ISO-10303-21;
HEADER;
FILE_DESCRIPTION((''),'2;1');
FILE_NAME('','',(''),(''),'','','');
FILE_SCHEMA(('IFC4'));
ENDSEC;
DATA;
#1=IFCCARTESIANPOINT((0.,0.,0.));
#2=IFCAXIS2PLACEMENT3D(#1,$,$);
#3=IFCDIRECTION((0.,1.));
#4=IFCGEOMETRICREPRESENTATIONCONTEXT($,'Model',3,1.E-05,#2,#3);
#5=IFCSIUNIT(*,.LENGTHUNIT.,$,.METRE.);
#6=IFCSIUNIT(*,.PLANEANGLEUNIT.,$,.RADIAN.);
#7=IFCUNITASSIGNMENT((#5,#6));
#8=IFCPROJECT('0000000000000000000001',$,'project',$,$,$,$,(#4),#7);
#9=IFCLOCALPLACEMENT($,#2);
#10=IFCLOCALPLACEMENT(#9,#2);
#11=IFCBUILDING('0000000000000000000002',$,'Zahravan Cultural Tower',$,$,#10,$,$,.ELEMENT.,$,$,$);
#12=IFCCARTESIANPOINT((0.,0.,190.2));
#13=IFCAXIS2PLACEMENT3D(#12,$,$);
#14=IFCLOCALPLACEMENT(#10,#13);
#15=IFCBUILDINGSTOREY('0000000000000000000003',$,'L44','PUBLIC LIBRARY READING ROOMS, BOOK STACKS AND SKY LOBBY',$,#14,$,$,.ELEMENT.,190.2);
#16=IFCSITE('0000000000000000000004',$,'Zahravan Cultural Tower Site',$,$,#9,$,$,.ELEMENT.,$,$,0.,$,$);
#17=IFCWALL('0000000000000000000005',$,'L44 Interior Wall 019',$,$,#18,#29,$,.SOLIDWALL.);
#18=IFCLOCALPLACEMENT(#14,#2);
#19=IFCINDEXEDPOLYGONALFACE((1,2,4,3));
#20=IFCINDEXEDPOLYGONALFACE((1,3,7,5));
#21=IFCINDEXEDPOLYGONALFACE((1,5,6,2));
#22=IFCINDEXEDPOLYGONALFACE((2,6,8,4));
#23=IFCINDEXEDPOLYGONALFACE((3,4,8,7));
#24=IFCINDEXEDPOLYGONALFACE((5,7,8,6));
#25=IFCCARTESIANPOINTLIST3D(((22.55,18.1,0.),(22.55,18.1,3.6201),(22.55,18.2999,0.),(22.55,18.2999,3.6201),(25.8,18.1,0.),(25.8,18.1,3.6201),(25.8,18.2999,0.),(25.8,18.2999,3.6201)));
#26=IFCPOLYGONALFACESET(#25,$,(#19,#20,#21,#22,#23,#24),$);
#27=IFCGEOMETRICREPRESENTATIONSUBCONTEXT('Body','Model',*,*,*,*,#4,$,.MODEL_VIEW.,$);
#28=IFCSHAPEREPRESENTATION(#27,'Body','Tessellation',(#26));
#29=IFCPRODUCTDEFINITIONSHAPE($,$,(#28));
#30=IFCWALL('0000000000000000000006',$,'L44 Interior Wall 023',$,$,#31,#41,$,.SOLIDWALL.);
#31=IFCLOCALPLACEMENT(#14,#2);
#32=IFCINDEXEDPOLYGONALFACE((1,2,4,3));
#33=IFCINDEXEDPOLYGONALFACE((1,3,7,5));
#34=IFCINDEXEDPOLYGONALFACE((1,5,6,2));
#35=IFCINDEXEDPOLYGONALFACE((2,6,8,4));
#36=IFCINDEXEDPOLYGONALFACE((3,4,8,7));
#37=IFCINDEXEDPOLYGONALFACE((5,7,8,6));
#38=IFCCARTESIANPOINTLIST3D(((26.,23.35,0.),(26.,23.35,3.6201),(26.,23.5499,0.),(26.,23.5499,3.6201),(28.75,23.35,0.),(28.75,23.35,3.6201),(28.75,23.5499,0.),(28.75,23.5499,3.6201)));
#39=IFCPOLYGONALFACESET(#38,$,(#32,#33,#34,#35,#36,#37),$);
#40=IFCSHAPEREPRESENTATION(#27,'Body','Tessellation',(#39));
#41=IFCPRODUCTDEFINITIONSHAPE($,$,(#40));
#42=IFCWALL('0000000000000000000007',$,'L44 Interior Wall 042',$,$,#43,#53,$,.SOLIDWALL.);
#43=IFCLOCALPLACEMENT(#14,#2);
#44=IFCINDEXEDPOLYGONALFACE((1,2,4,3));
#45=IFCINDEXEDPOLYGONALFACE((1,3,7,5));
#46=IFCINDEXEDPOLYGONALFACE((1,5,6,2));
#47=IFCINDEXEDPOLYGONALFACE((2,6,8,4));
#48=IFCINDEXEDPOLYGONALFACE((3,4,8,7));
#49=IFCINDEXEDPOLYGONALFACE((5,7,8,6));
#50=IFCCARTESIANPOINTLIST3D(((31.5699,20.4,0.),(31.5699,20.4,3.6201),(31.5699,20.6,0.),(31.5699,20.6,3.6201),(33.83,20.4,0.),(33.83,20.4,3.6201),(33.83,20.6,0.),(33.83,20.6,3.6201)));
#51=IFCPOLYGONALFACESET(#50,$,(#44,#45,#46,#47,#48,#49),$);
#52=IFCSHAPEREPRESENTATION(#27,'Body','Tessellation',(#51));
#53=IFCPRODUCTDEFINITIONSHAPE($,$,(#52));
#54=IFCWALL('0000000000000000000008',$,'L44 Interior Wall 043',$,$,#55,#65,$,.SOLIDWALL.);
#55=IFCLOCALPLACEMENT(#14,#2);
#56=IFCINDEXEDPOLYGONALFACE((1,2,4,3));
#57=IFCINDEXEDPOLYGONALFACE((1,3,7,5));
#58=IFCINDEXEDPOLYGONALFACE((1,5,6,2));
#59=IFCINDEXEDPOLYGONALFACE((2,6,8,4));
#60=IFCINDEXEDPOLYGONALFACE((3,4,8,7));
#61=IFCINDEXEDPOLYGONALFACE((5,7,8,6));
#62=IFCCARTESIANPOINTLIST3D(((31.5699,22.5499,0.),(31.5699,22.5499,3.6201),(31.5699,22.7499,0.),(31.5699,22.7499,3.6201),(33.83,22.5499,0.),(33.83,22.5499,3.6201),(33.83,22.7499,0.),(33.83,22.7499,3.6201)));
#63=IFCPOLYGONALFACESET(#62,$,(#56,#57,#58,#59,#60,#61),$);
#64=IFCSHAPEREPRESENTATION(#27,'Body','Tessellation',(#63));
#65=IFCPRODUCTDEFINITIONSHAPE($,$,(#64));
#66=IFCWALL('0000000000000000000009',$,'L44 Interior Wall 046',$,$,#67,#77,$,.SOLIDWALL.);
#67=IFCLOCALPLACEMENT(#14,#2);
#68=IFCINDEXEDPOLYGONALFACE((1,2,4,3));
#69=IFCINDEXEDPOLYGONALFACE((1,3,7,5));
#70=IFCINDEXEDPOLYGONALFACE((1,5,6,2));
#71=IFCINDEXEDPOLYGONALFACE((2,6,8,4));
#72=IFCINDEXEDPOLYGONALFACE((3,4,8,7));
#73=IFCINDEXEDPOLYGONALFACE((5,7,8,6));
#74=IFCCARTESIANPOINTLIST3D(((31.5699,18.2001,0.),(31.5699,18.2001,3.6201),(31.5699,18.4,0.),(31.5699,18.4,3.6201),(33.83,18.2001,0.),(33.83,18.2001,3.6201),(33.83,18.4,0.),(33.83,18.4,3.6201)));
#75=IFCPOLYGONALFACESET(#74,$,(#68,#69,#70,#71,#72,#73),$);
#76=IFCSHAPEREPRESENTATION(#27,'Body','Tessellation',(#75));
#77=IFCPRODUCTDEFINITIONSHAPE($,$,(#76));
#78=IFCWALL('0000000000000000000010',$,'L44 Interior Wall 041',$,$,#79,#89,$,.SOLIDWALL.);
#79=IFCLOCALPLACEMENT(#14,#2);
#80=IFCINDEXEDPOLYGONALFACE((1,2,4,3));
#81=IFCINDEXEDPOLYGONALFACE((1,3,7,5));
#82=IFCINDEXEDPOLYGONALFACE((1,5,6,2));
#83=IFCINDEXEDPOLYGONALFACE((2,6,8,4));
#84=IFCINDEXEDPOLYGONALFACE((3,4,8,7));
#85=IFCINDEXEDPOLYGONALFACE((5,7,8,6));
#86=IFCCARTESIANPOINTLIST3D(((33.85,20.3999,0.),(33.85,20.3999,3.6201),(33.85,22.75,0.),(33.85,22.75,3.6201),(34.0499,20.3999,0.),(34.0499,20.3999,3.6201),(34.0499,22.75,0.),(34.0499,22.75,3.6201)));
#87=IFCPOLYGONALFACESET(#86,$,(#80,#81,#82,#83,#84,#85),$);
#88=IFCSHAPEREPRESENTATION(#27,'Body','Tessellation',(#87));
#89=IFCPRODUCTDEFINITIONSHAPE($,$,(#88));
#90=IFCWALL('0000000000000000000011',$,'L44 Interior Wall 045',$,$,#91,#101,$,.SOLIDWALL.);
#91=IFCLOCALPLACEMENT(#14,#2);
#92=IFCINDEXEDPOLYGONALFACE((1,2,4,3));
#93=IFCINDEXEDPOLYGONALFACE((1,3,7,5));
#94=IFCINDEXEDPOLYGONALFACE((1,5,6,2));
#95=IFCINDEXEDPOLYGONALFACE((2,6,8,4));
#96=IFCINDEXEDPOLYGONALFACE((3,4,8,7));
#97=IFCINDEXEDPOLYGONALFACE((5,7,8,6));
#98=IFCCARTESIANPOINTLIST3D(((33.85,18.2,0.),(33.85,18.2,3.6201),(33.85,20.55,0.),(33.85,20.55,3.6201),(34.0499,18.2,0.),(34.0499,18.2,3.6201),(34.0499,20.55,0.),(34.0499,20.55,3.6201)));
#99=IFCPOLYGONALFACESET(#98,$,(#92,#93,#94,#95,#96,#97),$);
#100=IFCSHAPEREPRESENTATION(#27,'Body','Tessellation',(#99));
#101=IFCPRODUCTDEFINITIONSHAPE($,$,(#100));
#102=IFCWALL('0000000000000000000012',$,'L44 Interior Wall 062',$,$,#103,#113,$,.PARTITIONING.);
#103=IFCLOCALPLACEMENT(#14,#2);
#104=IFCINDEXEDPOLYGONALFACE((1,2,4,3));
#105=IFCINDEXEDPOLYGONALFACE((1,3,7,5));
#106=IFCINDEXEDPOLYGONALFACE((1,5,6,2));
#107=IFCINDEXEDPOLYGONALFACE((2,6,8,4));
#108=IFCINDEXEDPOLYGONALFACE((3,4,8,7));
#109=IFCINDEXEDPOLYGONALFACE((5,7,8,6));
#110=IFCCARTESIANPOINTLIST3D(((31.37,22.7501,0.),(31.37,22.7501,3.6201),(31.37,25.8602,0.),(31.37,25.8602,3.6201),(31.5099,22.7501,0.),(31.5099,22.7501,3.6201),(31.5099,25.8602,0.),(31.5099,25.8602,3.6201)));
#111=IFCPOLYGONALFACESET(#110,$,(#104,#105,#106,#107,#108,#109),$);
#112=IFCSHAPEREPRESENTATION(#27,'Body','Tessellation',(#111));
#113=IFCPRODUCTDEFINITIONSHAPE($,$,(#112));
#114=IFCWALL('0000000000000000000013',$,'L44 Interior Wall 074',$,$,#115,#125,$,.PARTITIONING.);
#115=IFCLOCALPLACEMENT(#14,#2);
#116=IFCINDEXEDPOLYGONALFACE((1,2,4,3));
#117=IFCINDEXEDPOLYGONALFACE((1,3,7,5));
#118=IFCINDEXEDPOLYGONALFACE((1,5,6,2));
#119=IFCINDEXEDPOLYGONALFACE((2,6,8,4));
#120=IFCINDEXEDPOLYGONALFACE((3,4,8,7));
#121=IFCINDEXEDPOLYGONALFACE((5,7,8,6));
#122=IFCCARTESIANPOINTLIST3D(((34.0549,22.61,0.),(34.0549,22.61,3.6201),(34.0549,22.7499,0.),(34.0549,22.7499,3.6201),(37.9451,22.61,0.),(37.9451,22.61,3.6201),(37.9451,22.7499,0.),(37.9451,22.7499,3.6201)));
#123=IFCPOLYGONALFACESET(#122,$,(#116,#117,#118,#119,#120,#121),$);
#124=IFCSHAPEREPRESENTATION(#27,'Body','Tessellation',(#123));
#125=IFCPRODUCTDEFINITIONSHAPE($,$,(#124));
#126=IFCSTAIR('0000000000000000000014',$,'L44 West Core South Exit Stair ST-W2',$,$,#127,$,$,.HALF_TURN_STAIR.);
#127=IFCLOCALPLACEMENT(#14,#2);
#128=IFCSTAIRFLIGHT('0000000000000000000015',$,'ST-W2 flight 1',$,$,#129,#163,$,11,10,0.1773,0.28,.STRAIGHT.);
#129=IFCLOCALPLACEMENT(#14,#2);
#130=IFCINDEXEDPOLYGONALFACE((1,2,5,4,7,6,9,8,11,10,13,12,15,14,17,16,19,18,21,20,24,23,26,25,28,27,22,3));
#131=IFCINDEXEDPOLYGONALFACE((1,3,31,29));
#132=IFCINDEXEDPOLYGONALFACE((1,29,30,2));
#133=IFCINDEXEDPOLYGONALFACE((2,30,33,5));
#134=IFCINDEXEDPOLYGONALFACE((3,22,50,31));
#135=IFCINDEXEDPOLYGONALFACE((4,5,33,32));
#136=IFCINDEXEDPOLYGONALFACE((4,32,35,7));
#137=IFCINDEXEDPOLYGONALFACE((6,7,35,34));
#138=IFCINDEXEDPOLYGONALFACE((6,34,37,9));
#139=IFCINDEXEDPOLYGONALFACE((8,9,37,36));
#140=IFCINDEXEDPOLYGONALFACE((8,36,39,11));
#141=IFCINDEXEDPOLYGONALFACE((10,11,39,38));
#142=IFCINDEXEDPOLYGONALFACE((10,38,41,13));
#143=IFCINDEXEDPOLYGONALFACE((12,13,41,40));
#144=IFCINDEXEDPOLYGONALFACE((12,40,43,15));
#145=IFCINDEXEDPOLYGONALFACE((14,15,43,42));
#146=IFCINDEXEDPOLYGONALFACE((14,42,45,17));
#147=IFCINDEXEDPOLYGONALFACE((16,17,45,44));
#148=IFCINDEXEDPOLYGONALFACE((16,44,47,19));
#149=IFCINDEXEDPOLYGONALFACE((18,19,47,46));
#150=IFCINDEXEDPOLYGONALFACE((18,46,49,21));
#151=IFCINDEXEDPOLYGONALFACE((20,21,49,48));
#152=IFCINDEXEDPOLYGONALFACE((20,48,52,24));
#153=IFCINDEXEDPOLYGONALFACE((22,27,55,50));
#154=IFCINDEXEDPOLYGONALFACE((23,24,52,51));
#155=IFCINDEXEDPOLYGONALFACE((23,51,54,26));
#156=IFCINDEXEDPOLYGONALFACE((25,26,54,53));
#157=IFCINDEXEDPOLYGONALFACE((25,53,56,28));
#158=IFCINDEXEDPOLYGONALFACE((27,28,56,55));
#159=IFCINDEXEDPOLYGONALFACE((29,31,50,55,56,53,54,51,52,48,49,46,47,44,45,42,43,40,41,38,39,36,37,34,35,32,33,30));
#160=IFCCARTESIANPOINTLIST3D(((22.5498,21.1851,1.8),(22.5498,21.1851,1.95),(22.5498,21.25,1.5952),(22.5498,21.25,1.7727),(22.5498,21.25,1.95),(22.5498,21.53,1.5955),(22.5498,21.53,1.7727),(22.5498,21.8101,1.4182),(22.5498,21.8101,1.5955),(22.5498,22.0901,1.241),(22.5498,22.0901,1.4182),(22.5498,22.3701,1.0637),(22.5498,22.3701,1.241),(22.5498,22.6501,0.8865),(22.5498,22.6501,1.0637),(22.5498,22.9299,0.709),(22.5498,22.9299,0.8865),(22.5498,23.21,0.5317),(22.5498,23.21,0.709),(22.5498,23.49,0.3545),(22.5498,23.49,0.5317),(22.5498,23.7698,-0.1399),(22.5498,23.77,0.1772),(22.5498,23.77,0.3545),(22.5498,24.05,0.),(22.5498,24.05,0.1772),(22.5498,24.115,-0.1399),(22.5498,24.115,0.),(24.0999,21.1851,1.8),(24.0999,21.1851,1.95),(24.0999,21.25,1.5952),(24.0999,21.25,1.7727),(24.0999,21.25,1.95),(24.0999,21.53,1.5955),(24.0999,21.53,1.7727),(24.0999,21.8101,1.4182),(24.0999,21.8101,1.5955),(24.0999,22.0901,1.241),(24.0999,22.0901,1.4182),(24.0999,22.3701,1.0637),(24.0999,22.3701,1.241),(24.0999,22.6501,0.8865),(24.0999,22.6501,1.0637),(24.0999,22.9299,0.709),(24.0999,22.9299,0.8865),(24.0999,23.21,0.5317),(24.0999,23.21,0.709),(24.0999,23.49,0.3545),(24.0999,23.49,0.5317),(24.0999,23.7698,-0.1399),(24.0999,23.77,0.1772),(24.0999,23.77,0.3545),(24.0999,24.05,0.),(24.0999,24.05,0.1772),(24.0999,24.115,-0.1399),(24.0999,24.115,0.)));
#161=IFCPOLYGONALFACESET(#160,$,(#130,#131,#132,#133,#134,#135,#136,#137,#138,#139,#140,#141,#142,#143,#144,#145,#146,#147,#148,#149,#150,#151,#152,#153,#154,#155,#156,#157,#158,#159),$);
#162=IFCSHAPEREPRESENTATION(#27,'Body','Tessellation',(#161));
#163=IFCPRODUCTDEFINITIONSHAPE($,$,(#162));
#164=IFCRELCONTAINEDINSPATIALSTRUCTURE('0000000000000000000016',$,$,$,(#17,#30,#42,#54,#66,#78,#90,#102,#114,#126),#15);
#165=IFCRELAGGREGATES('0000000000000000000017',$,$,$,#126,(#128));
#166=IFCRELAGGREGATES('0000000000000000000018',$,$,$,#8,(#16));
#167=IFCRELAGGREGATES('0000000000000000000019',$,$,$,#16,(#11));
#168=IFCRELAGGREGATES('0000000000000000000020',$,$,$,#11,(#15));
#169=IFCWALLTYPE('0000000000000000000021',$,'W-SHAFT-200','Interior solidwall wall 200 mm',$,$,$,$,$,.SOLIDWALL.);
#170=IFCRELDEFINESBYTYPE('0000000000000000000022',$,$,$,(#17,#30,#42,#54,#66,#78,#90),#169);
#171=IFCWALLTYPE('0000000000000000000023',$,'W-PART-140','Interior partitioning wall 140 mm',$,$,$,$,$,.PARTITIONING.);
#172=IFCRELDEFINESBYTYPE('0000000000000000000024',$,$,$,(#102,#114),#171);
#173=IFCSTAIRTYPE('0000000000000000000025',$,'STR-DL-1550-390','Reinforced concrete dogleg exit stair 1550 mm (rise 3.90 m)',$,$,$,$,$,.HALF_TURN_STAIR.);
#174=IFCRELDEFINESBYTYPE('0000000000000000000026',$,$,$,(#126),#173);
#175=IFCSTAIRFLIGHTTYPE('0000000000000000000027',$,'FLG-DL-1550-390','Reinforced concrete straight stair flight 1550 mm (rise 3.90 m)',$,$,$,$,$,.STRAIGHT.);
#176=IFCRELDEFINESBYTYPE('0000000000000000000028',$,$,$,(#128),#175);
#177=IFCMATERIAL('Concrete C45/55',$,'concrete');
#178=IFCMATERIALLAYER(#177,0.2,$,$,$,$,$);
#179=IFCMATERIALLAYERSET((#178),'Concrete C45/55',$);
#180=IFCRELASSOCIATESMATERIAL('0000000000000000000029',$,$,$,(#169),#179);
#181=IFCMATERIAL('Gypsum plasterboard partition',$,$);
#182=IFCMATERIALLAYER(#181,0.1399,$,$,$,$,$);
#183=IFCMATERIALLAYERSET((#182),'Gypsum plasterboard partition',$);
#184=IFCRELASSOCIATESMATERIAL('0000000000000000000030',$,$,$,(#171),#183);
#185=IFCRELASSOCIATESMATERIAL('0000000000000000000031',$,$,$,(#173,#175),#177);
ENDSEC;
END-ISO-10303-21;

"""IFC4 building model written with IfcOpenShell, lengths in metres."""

from ifc_helpers import new_model, si_unit, direction, frame, frame_2d, origin, place, context, subcontext, project, spatial, polyline, rectangle, outline, extrude, source, transform, mapped, material, layer, layer_set, type_object, element, aggregate, save


model = new_model("IFC4")

# Units and contexts
model_context = context("Model", 3, precision=1e-05, world=origin(), true_north=direction((0.0, 1.0)))
body_context = subcontext(model_context, "Body", "Model", "MODEL_VIEW")
ifc_project = project(units=[si_unit("LENGTHUNIT", "METRE"), si_unit("PLANEANGLEUNIT", "RADIAN")], contexts=[model_context])

# Site, building, storey
site_placement = place(None, origin())
site = spatial("IfcSite", under=ifc_project, at=site_placement, Name="Zahravan Cultural Tower Site", CompositionType="ELEMENT", RefElevation=0.0)
building_placement = place(site_placement, origin())
building = spatial("IfcBuilding", under=site, at=building_placement, Name="Zahravan Cultural Tower", CompositionType="ELEMENT")
storey_placement = place(building_placement, frame((0.0, 0.0, 190.2)))
storey = spatial("IfcBuildingStorey", under=building, at=storey_placement, Name="L44", Description="PUBLIC LIBRARY READING ROOMS, BOOK STACKS AND SKY LOBBY", CompositionType="ELEMENT", Elevation=190.2)

# Shared definitions
ifc_material_1 = material(Name="Concrete C45/55", Category="concrete")
ifc_layer_1 = layer(ifc_material_1, 0.2)
ifc_layer_set_1 = layer_set([ifc_layer_1], Name="Concrete C45/55")
wall_type_1 = type_object("IfcWallType", Name="W-SHAFT-200", Description="Interior solidwall wall 200 mm", PredefinedType="SOLIDWALL", material=ifc_layer_set_1)

# Walls
shared_shape_1 = source(origin(), body_context, "Body", "SweptSolid", [
    extrude(rectangle(XDim=3.25, YDim=0.2, at=frame_2d((1.625, 0.0))), origin(), (0.0, 0.0, 1.0), 3.6201),
])
wall_1_placement = place(storey_placement, frame((22.55, 18.2, 0.0), z_axis=(0.0, 0.0, 1.0), x_axis=(1.0, 0.0, 0.0)))
element("IfcWall", 1, at=wall_1_placement, inside=storey, type_object=wall_type_1, Name="L44 Interior Wall 019", PredefinedType="SOLIDWALL", context=body_context, shape_type="MappedRepresentation", body=[
    mapped(shared_shape_1, transform((0.0, 0.0, 0.0), x_axis=(1.0, 0.0, 0.0), y_axis=(0.0, 1.0, 0.0), z_axis=(0.0, 0.0, 1.0), scale=1.0)),
])
shared_shape_2 = source(origin(), body_context, "Body", "SweptSolid", [
    extrude(rectangle(XDim=2.75, YDim=0.2, at=frame_2d((1.375, 0.0))), origin(), (0.0, 0.0, 1.0), 3.6201),
])
wall_2_placement = place(storey_placement, frame((26.0, 23.45, 0.0), z_axis=(0.0, 0.0, 1.0), x_axis=(1.0, 0.0, 0.0)))
element("IfcWall", 2, at=wall_2_placement, inside=storey, type_object=wall_type_1, Name="L44 Interior Wall 023", PredefinedType="SOLIDWALL", context=body_context, shape_type="MappedRepresentation", body=[
    mapped(shared_shape_2, transform((0.0, 0.0, 0.0), x_axis=(1.0, 0.0, 0.0), y_axis=(0.0, 1.0, 0.0), z_axis=(0.0, 0.0, 1.0), scale=1.0)),
])
shared_shape_3 = source(origin(), body_context, "Body", "SweptSolid", [
    extrude(rectangle(XDim=2.26, YDim=0.2, at=frame_2d((1.1299, 0.0))), origin(), (0.0, 0.0, 1.0), 3.6201),
])
for number, where, z_axis, x_axis, name in (
    (3, (31.5701, 20.5, 0.0), (0.0, 0.0, 1.0), (1.0, 0.0, 0.0), "L44 Interior Wall 042"),
    (4, (31.5701, 22.6499, 0.0), (0.0, 0.0, 1.0), (1.0, 0.0, 0.0), "L44 Interior Wall 043"),
    (5, (31.5701, 18.3, 0.0), (0.0, 0.0, 1.0), (1.0, 0.0, 0.0), "L44 Interior Wall 046"),
):
    element("IfcWall", number, at=place(storey_placement, frame(where, z_axis=z_axis, x_axis=x_axis)), inside=storey, type_object=wall_type_1, Name=name, PredefinedType="SOLIDWALL", context=body_context, shape_type="MappedRepresentation", body=[
        mapped(shared_shape_3, transform((0.0, 0.0, 0.0), x_axis=(1.0, 0.0, 0.0), y_axis=(0.0, 1.0, 0.0), z_axis=(0.0, 0.0, 1.0), scale=1.0)),
    ])
shared_shape_4 = source(origin(), body_context, "Body", "SweptSolid", [
    extrude(rectangle(XDim=2.3501, YDim=0.2, at=frame_2d((1.175, 0.0))), origin(), (0.0, 0.0, 1.0), 3.6201),
])
for number, where, z_axis, x_axis, name in (
    (6, (33.95, 20.3999, 0.0), (0.0, 0.0, 1.0), (0.0, 1.0, 0.0), "L44 Interior Wall 041"),
    (7, (33.95, 18.2, 0.0), (0.0, 0.0, 1.0), (0.0, 1.0, 0.0), "L44 Interior Wall 045"),
):
    element("IfcWall", number, at=place(storey_placement, frame(where, z_axis=z_axis, x_axis=x_axis)), inside=storey, type_object=wall_type_1, Name=name, PredefinedType="SOLIDWALL", context=body_context, shape_type="MappedRepresentation", body=[
        mapped(shared_shape_4, transform((0.0, 0.0, 0.0), x_axis=(1.0, 0.0, 0.0), y_axis=(0.0, 1.0, 0.0), z_axis=(0.0, 0.0, 1.0), scale=1.0)),
    ])
ifc_material_2 = material(Name="Gypsum plasterboard partition")
ifc_layer_2 = layer(ifc_material_2, 0.1399)
ifc_layer_set_2 = layer_set([ifc_layer_2], Name="Gypsum plasterboard partition")
wall_type_2 = type_object("IfcWallType", Name="W-PART-140", Description="Interior partitioning wall 140 mm", PredefinedType="PARTITIONING", material=ifc_layer_set_2)
shared_shape_5 = source(origin(), body_context, "Body", "SweptSolid", [
    extrude(rectangle(XDim=3.1101, YDim=0.1399, at=frame_2d((1.5552, 0.0))), origin(), (0.0, 0.0, 1.0), 3.6201),
])
wall_3_placement = place(storey_placement, frame((31.4399, 22.75, 0.0), z_axis=(0.0, 0.0, 1.0), x_axis=(0.0, 1.0, 0.0)))
element("IfcWall", 8, at=wall_3_placement, inside=storey, type_object=wall_type_2, Name="L44 Interior Wall 062", PredefinedType="PARTITIONING", context=body_context, shape_type="MappedRepresentation", body=[
    mapped(shared_shape_5, transform((0.0, 0.0, 0.0), x_axis=(1.0, 0.0, 0.0), y_axis=(0.0, 1.0, 0.0), z_axis=(0.0, 0.0, 1.0), scale=1.0)),
])
shared_shape_6 = source(origin(), body_context, "Body", "SweptSolid", [
    extrude(rectangle(XDim=3.8901, YDim=0.1399, at=frame_2d((1.9451, 0.0))), origin(), (0.0, 0.0, 1.0), 3.6201),
])
wall_4_placement = place(storey_placement, frame((34.0549, 22.6799, 0.0), z_axis=(0.0, 0.0, 1.0), x_axis=(1.0, 0.0, 0.0)))
element("IfcWall", 9, at=wall_4_placement, inside=storey, type_object=wall_type_2, Name="L44 Interior Wall 074", PredefinedType="PARTITIONING", context=body_context, shape_type="MappedRepresentation", body=[
    mapped(shared_shape_6, transform((0.0, 0.0, 0.0), x_axis=(1.0, 0.0, 0.0), y_axis=(0.0, 1.0, 0.0), z_axis=(0.0, 0.0, 1.0), scale=1.0)),
])

# Stair, stair flight
stair_type = type_object("IfcStairType", Name="STR-DL-1550-390", Description="Reinforced concrete dogleg exit stair 1550 mm (rise 3.90 m)", PredefinedType="HALF_TURN_STAIR", material=ifc_material_1)
stair_placement = place(storey_placement, origin())
stair = element("IfcStair", 10, at=stair_placement, inside=storey, type_object=stair_type, Name="L44 West Core South Exit Stair ST-W2", PredefinedType="HALF_TURN_STAIR")
stair_flight_type = type_object("IfcStairFlightType", Name="FLG-DL-1550-390", Description="Reinforced concrete straight stair flight 1550 mm (rise 3.90 m)", PredefinedType="STRAIGHT", material=ifc_material_1)
stair_flight_1_placement = place(storey_placement, frame((23.325, 24.05, 0.0), z_axis=(0.0, 0.0, 1.0), x_axis=(0.0, -1.0, 0.0)))
stair_flight_1 = element("IfcStairFlight", 11, at=stair_flight_1_placement, type_object=stair_flight_type, Name="ST-W2 flight 1", NumberOfRisers=11, NumberOfTreads=10, PredefinedType="STRAIGHT", RiserHeight=0.1773, TreadLength=0.28, context=body_context, shape_type="SweptSolid", body=[
    extrude(outline(polyline([(-0.0649, -0.1399), (-0.0649, 0.0), (0.0, 0.0), (0.0, 0.1772), (0.28, 0.1772), (0.28, 0.3545), (0.5601, 0.3545), (0.5601, 0.5317), (0.8401, 0.5317), (0.8401, 0.709), (1.1201, 0.709), (1.1201, 0.8865), (1.3999, 0.8865), (1.3999, 1.0637), (1.6799, 1.0637), (1.6799, 1.241), (1.96, 1.241), (1.96, 1.4182), (2.24, 1.4182), (2.24, 1.5955), (2.52, 1.5955), (2.52, 1.7727), (2.8, 1.7727), (2.8, 1.95), (2.865, 1.95), (2.865, 1.8), (2.8, 1.5952), (0.2803, -0.1399), (-0.0649, -0.1399)])), frame((0.0, 0.7749, 0.0), z_axis=(0.0, -1.0, 0.0), x_axis=(1.0, 0.0, 0.0)), (0.0, 0.0, 1.0), 1.55),
])
aggregate(stair, [stair_flight_1])

save(model, "model.ifc")
